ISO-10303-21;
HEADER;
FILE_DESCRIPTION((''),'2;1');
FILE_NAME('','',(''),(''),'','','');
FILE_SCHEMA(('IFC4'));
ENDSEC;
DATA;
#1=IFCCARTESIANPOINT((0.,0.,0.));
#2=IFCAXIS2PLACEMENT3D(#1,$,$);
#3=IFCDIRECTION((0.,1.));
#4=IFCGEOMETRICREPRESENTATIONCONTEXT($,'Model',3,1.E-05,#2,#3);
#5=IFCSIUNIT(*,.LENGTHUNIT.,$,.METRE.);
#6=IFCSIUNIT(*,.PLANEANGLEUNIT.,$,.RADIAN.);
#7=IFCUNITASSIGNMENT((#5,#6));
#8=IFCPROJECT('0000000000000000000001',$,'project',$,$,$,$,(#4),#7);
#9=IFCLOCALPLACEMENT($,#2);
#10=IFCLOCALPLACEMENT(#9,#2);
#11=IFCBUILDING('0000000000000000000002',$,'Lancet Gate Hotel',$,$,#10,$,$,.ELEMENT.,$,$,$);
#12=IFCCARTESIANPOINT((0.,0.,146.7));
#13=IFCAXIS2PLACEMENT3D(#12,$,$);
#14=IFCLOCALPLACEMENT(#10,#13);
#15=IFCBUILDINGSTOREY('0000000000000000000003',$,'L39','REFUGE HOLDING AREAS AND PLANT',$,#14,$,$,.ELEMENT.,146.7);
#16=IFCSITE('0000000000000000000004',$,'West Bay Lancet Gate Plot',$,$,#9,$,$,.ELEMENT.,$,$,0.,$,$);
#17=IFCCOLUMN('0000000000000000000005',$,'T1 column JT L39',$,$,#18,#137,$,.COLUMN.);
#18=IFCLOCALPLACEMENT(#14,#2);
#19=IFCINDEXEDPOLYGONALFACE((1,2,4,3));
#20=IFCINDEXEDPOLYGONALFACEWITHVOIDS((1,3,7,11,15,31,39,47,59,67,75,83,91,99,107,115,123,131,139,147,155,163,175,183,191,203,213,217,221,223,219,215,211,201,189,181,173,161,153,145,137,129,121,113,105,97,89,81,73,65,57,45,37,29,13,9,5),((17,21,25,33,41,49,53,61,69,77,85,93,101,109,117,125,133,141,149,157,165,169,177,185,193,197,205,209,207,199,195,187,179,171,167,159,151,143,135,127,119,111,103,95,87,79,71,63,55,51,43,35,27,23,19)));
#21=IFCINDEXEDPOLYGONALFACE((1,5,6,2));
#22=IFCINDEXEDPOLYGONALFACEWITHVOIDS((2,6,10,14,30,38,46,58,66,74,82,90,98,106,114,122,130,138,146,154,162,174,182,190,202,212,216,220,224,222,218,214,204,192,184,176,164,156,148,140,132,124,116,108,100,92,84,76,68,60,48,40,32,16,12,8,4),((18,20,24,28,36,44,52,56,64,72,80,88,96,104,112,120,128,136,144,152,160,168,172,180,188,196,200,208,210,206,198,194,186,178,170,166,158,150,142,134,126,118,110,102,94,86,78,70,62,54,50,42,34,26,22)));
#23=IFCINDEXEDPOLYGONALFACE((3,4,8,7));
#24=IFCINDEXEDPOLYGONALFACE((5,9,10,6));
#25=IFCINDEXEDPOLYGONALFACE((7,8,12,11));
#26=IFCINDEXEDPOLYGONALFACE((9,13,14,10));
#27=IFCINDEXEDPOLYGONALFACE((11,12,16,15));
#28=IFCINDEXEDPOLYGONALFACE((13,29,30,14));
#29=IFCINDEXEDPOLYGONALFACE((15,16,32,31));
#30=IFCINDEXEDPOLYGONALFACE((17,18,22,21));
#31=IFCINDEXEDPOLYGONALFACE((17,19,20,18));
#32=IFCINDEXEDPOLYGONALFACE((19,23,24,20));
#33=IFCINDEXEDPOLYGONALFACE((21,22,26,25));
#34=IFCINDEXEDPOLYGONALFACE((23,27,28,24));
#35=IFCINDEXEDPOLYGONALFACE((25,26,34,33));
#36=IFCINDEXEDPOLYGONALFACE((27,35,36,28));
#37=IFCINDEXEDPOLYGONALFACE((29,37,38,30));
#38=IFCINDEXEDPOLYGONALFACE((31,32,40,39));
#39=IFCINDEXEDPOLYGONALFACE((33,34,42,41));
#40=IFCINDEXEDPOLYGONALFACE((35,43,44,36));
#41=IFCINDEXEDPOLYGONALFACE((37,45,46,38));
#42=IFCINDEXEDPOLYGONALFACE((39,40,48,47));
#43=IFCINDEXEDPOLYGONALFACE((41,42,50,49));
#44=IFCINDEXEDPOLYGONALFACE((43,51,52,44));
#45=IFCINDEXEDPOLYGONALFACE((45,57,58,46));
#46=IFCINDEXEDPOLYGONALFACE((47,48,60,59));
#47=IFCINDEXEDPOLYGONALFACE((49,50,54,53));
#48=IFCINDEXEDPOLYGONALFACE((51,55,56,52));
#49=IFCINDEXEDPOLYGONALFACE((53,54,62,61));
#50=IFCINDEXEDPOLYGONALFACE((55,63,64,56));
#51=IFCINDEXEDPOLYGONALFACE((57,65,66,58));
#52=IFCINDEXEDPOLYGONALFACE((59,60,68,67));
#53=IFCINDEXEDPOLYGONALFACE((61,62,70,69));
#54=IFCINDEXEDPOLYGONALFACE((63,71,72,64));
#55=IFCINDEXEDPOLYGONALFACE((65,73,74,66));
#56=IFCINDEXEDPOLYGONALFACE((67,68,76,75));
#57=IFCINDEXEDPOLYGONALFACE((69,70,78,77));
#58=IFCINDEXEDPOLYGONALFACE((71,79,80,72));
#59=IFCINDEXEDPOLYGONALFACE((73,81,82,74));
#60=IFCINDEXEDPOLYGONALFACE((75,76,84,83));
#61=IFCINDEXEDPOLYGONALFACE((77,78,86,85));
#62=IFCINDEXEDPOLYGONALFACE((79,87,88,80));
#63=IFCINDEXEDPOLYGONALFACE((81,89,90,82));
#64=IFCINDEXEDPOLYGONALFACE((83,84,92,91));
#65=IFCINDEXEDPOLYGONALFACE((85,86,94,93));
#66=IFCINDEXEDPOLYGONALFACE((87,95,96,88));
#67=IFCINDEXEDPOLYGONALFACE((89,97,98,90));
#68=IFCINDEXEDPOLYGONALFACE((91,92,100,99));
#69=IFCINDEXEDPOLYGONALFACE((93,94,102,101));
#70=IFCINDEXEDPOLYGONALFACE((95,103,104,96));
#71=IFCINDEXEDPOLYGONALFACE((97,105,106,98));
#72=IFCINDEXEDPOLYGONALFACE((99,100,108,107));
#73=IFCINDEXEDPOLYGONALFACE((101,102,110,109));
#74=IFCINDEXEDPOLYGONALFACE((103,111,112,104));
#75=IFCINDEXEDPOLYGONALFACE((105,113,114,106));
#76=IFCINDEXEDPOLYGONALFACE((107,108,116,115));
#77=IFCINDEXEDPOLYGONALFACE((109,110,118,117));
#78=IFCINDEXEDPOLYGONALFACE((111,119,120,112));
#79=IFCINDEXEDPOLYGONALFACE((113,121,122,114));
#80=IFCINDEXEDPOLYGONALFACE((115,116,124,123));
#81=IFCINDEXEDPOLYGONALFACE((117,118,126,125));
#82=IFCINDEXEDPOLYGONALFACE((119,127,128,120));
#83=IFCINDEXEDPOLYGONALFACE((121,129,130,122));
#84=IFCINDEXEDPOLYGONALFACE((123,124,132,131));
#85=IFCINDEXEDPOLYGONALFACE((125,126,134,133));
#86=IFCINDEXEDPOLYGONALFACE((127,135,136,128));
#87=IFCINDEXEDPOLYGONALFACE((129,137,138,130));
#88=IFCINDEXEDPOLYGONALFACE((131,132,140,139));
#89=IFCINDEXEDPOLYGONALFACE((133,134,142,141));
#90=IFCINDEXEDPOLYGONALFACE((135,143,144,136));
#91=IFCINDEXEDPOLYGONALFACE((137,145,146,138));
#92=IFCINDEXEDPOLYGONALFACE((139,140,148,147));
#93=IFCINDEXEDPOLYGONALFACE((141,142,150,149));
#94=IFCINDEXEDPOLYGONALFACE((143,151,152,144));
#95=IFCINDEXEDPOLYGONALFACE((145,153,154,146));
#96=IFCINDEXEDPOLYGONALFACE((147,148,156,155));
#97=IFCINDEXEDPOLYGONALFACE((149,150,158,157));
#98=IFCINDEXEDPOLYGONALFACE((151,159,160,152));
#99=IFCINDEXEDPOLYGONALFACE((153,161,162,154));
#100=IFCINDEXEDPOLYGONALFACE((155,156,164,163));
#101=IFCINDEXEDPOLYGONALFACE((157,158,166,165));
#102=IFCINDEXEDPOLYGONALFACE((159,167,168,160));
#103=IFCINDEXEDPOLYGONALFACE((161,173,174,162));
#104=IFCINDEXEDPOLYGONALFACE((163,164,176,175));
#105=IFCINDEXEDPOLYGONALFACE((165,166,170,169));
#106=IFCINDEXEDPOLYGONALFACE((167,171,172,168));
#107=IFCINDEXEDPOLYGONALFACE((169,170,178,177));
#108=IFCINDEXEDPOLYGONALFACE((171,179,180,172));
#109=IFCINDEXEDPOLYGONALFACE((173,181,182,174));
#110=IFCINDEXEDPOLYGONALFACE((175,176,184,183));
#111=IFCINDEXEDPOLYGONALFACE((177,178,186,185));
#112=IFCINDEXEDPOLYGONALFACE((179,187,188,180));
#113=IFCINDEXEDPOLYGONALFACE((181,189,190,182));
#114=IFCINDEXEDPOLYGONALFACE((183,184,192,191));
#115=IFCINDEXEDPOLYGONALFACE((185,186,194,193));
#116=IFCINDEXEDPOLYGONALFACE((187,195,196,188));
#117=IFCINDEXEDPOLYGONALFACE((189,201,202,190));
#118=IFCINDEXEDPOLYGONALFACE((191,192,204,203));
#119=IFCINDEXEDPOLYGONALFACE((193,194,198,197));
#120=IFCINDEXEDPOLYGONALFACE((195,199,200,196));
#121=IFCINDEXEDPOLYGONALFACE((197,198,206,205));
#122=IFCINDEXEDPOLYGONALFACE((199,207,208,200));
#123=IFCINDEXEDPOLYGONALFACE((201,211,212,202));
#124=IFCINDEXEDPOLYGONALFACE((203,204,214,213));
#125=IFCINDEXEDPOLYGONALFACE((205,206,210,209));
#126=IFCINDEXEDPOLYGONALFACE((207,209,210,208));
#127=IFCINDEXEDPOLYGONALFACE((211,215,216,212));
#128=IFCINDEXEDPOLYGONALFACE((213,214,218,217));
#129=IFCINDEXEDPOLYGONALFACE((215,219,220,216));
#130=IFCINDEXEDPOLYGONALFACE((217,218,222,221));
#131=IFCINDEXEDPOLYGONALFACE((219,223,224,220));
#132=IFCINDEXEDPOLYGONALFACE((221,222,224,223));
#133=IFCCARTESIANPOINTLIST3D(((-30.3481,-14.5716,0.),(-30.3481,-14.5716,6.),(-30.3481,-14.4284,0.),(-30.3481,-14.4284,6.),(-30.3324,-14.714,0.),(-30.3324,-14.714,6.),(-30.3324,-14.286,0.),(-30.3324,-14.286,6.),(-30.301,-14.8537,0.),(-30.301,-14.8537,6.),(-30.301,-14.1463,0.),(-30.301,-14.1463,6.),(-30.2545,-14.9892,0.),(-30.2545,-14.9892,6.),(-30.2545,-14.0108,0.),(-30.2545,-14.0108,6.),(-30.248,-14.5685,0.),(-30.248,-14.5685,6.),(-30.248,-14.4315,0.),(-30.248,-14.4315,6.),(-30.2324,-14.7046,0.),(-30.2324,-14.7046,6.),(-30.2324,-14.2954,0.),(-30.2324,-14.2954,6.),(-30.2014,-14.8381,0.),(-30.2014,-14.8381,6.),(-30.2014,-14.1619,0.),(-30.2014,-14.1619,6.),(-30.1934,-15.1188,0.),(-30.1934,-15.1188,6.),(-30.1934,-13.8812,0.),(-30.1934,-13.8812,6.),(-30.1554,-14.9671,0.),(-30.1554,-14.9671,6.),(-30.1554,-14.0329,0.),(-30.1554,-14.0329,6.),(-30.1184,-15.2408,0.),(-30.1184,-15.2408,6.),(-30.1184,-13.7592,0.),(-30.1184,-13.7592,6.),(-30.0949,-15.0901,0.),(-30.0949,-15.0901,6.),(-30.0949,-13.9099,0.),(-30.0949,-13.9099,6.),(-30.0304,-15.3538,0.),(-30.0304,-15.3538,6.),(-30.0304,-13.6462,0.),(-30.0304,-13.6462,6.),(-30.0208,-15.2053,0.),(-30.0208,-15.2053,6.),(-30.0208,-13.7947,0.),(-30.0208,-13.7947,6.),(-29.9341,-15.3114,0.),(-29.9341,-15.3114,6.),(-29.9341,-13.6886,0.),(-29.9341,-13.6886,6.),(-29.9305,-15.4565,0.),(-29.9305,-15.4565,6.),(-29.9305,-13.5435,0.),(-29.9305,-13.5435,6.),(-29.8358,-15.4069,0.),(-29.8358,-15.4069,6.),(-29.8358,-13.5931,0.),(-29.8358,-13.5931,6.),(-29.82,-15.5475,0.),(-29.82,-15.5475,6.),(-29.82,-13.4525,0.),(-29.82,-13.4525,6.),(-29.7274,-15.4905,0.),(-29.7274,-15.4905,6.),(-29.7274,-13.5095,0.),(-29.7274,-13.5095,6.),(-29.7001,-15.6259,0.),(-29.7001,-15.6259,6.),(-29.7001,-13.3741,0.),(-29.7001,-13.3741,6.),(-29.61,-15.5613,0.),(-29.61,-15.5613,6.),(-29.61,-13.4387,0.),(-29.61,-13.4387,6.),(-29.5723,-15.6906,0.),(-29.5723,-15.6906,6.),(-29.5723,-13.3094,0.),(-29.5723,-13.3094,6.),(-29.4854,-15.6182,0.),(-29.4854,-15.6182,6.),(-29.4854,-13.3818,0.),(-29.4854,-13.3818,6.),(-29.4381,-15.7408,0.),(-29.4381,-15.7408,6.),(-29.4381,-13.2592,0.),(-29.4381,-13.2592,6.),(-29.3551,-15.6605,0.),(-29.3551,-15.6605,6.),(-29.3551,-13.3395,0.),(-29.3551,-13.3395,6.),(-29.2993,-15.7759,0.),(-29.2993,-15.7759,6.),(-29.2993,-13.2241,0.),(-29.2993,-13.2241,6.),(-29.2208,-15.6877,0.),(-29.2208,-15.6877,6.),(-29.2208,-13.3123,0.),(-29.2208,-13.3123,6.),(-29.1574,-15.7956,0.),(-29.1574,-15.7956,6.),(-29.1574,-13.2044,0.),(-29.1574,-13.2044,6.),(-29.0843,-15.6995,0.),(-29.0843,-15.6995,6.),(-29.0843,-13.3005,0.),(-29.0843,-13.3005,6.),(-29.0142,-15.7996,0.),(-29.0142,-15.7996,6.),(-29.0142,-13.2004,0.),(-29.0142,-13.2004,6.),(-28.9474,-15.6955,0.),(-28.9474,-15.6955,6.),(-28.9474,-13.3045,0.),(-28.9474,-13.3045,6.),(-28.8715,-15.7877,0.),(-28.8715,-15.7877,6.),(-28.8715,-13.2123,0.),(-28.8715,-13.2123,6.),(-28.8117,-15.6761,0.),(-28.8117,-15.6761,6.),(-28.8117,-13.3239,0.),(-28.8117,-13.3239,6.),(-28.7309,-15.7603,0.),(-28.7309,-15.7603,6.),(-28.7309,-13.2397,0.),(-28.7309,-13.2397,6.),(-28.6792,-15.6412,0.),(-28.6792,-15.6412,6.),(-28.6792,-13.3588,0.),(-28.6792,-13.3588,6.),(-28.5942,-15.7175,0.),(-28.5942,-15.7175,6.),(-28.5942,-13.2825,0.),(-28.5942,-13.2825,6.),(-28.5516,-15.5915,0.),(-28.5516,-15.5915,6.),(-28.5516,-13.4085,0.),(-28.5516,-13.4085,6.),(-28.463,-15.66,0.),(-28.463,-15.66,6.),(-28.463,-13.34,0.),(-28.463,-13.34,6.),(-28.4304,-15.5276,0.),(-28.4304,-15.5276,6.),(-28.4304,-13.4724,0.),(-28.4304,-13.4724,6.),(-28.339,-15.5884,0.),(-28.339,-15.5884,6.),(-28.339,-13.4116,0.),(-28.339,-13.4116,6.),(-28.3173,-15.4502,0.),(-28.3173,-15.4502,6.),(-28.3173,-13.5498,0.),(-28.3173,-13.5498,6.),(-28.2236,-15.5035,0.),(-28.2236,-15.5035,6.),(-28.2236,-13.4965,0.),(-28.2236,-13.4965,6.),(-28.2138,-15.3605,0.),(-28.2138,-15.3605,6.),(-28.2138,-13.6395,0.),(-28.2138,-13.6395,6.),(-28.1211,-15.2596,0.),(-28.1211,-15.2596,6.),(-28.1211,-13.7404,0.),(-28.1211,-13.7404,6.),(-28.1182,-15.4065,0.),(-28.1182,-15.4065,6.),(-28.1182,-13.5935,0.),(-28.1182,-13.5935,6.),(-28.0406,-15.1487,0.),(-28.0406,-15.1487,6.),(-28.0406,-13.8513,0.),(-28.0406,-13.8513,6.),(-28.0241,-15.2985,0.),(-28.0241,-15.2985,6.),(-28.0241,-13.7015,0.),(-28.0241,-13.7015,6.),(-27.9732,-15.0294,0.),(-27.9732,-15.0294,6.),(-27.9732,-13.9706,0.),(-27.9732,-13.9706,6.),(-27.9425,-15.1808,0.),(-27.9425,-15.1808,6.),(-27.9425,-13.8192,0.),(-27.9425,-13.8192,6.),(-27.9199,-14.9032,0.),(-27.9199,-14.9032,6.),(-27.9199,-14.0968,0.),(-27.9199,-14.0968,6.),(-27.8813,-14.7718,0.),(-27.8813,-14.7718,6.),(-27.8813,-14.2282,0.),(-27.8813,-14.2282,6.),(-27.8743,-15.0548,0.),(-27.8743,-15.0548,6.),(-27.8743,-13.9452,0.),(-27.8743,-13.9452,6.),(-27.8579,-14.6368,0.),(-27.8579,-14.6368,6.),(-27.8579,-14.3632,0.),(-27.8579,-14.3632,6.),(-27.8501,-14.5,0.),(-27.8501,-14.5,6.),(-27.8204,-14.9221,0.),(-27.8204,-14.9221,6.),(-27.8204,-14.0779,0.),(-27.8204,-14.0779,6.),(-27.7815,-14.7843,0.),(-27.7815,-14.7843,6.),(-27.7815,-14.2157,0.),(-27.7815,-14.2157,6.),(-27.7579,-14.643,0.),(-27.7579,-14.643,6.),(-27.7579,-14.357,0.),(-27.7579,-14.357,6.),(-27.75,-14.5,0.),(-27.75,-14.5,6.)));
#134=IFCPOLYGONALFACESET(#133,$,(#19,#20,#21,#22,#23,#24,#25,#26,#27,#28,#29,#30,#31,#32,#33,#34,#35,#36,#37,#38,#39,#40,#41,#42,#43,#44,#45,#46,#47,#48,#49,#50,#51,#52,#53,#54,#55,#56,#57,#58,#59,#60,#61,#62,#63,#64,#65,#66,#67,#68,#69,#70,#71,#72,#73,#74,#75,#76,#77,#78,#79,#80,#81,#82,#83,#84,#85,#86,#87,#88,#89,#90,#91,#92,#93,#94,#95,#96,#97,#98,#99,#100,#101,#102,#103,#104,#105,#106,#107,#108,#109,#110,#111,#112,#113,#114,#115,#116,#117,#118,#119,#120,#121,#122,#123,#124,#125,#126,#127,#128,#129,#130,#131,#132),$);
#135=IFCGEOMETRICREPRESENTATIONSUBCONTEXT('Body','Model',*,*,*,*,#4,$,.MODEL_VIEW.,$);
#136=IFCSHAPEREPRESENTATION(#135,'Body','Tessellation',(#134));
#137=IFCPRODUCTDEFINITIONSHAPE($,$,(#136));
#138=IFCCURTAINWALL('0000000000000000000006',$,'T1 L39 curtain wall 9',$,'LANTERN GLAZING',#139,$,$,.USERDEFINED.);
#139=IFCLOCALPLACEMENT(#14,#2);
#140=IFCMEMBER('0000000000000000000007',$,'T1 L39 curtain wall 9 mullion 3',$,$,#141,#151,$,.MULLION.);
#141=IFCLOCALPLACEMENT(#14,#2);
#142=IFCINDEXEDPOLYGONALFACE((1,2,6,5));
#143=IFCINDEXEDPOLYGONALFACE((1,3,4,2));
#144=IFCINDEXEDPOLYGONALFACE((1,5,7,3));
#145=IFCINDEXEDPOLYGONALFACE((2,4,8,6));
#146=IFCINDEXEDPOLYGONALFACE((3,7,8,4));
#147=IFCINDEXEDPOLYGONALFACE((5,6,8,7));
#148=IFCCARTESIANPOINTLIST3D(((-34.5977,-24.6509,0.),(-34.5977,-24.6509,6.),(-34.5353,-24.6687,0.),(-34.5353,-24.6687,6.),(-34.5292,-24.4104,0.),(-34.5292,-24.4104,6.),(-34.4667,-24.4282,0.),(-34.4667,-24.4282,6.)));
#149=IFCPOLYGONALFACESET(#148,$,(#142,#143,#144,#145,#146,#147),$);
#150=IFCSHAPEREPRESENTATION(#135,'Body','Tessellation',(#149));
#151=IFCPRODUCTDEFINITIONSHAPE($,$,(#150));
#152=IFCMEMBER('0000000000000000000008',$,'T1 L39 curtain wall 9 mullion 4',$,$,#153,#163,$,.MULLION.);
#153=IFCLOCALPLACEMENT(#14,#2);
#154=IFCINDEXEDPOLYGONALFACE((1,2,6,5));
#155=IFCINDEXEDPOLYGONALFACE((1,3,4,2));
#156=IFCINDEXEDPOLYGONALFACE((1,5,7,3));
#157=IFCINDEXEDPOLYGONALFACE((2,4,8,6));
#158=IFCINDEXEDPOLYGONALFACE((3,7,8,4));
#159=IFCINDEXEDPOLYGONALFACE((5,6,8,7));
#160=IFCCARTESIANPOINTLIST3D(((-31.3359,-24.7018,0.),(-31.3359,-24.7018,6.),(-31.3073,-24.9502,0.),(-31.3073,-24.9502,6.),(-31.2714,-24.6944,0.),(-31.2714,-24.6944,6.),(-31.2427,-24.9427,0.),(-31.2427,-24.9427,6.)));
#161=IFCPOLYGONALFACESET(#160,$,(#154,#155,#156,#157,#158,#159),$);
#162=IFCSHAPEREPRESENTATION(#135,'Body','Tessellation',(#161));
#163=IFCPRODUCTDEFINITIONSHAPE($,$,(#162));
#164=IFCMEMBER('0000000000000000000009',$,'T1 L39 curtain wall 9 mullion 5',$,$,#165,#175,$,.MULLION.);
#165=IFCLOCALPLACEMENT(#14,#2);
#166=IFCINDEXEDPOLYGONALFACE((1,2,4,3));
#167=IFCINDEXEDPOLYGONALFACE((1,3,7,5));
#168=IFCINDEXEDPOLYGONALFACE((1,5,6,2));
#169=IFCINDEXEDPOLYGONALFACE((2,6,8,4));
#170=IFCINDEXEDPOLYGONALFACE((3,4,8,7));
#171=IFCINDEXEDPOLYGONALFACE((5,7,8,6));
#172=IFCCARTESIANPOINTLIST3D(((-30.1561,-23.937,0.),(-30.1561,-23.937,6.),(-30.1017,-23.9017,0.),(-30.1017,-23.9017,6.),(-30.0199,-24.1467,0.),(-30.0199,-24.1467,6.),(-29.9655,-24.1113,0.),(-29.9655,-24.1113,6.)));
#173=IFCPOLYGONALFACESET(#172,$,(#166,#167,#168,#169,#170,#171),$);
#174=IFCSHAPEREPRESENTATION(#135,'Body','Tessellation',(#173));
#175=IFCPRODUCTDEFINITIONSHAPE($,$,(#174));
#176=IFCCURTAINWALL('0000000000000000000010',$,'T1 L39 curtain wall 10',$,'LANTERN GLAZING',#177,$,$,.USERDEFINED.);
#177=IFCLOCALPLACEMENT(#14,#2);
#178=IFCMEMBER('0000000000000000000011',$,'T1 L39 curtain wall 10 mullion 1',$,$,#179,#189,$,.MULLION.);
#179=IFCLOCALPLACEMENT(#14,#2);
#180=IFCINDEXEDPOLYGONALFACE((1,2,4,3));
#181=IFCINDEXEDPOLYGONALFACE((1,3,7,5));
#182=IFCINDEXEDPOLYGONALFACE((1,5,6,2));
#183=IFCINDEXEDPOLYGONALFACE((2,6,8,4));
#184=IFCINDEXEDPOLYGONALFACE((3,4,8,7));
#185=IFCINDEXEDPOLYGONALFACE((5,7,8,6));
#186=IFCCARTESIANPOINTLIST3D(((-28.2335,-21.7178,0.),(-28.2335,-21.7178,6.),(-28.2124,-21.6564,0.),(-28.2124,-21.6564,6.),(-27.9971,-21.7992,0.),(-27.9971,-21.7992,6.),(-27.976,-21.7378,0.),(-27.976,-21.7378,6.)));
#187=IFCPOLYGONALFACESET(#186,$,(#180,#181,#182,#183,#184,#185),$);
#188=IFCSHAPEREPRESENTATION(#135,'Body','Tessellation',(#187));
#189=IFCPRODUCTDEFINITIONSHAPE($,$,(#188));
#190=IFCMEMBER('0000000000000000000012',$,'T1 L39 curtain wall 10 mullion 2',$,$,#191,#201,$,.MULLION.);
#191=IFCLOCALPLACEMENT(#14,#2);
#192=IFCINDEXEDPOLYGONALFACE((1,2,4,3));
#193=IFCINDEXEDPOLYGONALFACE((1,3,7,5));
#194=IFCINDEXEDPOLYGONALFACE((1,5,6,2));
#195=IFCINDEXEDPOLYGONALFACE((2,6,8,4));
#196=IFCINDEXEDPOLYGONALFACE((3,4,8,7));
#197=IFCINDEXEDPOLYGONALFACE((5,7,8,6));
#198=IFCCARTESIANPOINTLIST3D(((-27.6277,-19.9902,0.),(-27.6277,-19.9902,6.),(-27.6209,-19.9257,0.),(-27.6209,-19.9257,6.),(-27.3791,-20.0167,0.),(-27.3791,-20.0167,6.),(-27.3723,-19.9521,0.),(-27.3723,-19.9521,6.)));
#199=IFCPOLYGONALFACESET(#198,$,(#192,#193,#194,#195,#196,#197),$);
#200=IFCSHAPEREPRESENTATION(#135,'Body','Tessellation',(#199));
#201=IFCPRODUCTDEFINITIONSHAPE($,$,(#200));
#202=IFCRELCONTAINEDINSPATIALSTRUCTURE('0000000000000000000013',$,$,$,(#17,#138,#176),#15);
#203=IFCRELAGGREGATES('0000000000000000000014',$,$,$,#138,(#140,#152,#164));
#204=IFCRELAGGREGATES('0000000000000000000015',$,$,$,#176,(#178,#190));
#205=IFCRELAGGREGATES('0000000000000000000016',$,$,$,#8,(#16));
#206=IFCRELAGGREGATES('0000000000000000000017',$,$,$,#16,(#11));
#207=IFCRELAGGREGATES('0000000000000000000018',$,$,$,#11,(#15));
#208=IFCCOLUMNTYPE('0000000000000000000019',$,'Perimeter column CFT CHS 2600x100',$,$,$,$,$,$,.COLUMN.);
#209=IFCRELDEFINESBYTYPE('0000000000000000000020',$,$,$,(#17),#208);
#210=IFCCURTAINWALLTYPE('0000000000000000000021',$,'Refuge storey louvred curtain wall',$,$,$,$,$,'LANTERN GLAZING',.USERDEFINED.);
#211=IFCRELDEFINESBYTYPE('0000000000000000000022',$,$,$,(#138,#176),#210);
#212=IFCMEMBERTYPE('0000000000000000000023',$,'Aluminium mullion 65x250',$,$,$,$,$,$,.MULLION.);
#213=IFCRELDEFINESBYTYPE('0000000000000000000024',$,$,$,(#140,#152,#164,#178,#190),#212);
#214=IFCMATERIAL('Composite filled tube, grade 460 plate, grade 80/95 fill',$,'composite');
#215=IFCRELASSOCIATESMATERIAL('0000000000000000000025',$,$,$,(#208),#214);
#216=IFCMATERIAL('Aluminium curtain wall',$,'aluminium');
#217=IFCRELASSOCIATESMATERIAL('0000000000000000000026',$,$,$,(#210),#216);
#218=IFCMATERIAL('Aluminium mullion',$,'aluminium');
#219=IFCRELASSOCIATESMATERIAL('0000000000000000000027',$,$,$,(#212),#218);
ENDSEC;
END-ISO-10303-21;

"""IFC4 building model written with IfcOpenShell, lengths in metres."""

from ifc_helpers import new_model, si_unit, direction, frame, origin, origin_2d, place, context, subcontext, project, spatial, rectangle, hollow_circle, extrude, material, material_profile, profile_set, type_object, element, aggregate, save


model = new_model("IFC4")

# Units and contexts
model_context = context("Model", 3, precision=1e-05, world=origin(), true_north=direction((0.0, 1.0)))
body_context = subcontext(model_context, "Body", "Model", "MODEL_VIEW")
ifc_project = project(units=[si_unit("LENGTHUNIT", "METRE"), si_unit("PLANEANGLEUNIT", "RADIAN")], contexts=[model_context])

# Site, building, storey
site_placement = place(None, origin())
site = spatial("IfcSite", under=ifc_project, at=site_placement, Name="West Bay Lancet Gate Plot", CompositionType="ELEMENT", RefElevation=0.0)
building_placement = place(site_placement, origin())
building = spatial("IfcBuilding", under=site, at=building_placement, Name="Lancet Gate Hotel", CompositionType="ELEMENT")
storey_placement = place(building_placement, frame((0.0, 0.0, 146.7)))
storey = spatial("IfcBuildingStorey", under=building, at=storey_placement, Name="L39", Description="REFUGE HOLDING AREAS AND PLANT", CompositionType="ELEMENT", Elevation=146.7)

# Column
ifc_material_1 = material(Name="Composite filled tube, grade 460 plate, grade 80/95 fill", Category="composite")
ifc_material_profile_1 = material_profile(ifc_material_1, hollow_circle(Radius=1.3, WallThickness=0.1001, at=origin_2d()), Name="CHS 2600x100")
ifc_profile_set_1 = profile_set([ifc_material_profile_1], Name="Composite filled tube, grade 460 plate, grade 80/95 fill")
column_type = type_object("IfcColumnType", Name="Perimeter column CFT CHS 2600x100", PredefinedType="COLUMN", material=ifc_profile_set_1)
column_placement = place(storey_placement, frame((-29.05, -14.5, 0.0), z_axis=(0.0, 0.0, 1.0), x_axis=(1.0, 0.0, 0.0)))
element("IfcColumn", 1, at=column_placement, inside=storey, type_object=column_type, Name="T1 column JT L39", PredefinedType="COLUMN", context=body_context, shape_type="SweptSolid", body=[
    extrude(hollow_circle(Radius=1.3, WallThickness=0.1001, at=origin_2d()), origin(), (0.0, 0.0, 1.0), 6.0),
])

# Curtain walls, members
ifc_material_2 = material(Name="Aluminium curtain wall", Category="aluminium")
curtain_wall_type = type_object("IfcCurtainWallType", Name="Refuge storey louvred curtain wall", ElementType="LANTERN GLAZING", PredefinedType="USERDEFINED", material=ifc_material_2)
curtain_wall_1_placement = place(storey_placement, origin())
curtain_wall_1 = element("IfcCurtainWall", 2, at=curtain_wall_1_placement, inside=storey, type_object=curtain_wall_type, Name="T1 L39 curtain wall 9", ObjectType="LANTERN GLAZING", PredefinedType="USERDEFINED")
ifc_material_3 = material(Name="Aluminium mullion", Category="aluminium")
ifc_material_profile_2 = material_profile(ifc_material_3, rectangle(XDim=0.0649, YDim=0.25, at=origin_2d()), Name="MULLION 65x250")
ifc_profile_set_2 = profile_set([ifc_material_profile_2], Name="Aluminium mullion")
member_type_1 = type_object("IfcMemberType", Name="Aluminium mullion 65x250", PredefinedType="MULLION", material=ifc_profile_set_2)
member_1_placement = place(storey_placement, frame((-34.5322, -24.5396, 0.0), z_axis=(0.0, 0.0, 1.0), x_axis=(0.961653, -0.274268, 0.0)))
member_1 = element("IfcMember", 3, at=member_1_placement, type_object=member_type_1, Name="T1 L39 curtain wall 9 mullion 3", PredefinedType="MULLION", context=body_context, shape_type="SweptSolid", body=[
    extrude(rectangle(XDim=0.0649, YDim=0.25, at=origin_2d()), origin(), (0.0, 0.0, 1.0), 6.0),
])
member_2_placement = place(storey_placement, frame((-31.2893, -24.8223, 0.0), z_axis=(0.0, 0.0, 1.0), x_axis=(0.993425, 0.114484, 0.0)))
member_2 = element("IfcMember", 4, at=member_2_placement, type_object=member_type_1, Name="T1 L39 curtain wall 9 mullion 4", PredefinedType="MULLION", context=body_context, shape_type="SweptSolid", body=[
    extrude(rectangle(XDim=0.0649, YDim=0.25, at=origin_2d()), origin(), (0.0, 0.0, 1.0), 6.0),
])
member_3_placement = place(storey_placement, frame((-30.0608, -24.0242, 0.0), z_axis=(0.0, 0.0, 1.0), x_axis=(0.83858, 0.544778, 0.0)))
member_3 = element("IfcMember", 5, at=member_3_placement, type_object=member_type_1, Name="T1 L39 curtain wall 9 mullion 5", PredefinedType="MULLION", context=body_context, shape_type="SweptSolid", body=[
    extrude(rectangle(XDim=0.0649, YDim=0.25, at=origin_2d()), origin(), (0.0, 0.0, 1.0), 6.0),
])
curtain_wall_2_placement = place(storey_placement, origin())
curtain_wall_2 = element("IfcCurtainWall", 6, at=curtain_wall_2_placement, inside=storey, type_object=curtain_wall_type, Name="T1 L39 curtain wall 10", ObjectType="LANTERN GLAZING", PredefinedType="USERDEFINED")
member_4_placement = place(storey_placement, frame((-28.1047, -21.7278, 0.0), z_axis=(0.0, 0.0, 1.0), x_axis=(0.325516, 0.945537, 0.0)))
member_4 = element("IfcMember", 7, at=member_4_placement, type_object=member_type_1, Name="T1 L39 curtain wall 10 mullion 1", PredefinedType="MULLION", context=body_context, shape_type="SweptSolid", body=[
    extrude(rectangle(XDim=0.0649, YDim=0.25, at=origin_2d()), origin(), (0.0, 0.0, 1.0), 6.0),
])
member_5_placement = place(storey_placement, frame((-27.5, -19.9712, 0.0), z_axis=(0.0, 0.0, 1.0), x_axis=(0.105863, 0.994381, 0.0)))
member_5 = element("IfcMember", 8, at=member_5_placement, type_object=member_type_1, Name="T1 L39 curtain wall 10 mullion 2", PredefinedType="MULLION", context=body_context, shape_type="SweptSolid", body=[
    extrude(rectangle(XDim=0.0649, YDim=0.25, at=origin_2d()), origin(), (0.0, 0.0, 1.0), 6.0),
])

aggregate(curtain_wall_1, [member_1, member_2, member_3])
aggregate(curtain_wall_2, [member_4, member_5])

save(model, "model.ifc")
